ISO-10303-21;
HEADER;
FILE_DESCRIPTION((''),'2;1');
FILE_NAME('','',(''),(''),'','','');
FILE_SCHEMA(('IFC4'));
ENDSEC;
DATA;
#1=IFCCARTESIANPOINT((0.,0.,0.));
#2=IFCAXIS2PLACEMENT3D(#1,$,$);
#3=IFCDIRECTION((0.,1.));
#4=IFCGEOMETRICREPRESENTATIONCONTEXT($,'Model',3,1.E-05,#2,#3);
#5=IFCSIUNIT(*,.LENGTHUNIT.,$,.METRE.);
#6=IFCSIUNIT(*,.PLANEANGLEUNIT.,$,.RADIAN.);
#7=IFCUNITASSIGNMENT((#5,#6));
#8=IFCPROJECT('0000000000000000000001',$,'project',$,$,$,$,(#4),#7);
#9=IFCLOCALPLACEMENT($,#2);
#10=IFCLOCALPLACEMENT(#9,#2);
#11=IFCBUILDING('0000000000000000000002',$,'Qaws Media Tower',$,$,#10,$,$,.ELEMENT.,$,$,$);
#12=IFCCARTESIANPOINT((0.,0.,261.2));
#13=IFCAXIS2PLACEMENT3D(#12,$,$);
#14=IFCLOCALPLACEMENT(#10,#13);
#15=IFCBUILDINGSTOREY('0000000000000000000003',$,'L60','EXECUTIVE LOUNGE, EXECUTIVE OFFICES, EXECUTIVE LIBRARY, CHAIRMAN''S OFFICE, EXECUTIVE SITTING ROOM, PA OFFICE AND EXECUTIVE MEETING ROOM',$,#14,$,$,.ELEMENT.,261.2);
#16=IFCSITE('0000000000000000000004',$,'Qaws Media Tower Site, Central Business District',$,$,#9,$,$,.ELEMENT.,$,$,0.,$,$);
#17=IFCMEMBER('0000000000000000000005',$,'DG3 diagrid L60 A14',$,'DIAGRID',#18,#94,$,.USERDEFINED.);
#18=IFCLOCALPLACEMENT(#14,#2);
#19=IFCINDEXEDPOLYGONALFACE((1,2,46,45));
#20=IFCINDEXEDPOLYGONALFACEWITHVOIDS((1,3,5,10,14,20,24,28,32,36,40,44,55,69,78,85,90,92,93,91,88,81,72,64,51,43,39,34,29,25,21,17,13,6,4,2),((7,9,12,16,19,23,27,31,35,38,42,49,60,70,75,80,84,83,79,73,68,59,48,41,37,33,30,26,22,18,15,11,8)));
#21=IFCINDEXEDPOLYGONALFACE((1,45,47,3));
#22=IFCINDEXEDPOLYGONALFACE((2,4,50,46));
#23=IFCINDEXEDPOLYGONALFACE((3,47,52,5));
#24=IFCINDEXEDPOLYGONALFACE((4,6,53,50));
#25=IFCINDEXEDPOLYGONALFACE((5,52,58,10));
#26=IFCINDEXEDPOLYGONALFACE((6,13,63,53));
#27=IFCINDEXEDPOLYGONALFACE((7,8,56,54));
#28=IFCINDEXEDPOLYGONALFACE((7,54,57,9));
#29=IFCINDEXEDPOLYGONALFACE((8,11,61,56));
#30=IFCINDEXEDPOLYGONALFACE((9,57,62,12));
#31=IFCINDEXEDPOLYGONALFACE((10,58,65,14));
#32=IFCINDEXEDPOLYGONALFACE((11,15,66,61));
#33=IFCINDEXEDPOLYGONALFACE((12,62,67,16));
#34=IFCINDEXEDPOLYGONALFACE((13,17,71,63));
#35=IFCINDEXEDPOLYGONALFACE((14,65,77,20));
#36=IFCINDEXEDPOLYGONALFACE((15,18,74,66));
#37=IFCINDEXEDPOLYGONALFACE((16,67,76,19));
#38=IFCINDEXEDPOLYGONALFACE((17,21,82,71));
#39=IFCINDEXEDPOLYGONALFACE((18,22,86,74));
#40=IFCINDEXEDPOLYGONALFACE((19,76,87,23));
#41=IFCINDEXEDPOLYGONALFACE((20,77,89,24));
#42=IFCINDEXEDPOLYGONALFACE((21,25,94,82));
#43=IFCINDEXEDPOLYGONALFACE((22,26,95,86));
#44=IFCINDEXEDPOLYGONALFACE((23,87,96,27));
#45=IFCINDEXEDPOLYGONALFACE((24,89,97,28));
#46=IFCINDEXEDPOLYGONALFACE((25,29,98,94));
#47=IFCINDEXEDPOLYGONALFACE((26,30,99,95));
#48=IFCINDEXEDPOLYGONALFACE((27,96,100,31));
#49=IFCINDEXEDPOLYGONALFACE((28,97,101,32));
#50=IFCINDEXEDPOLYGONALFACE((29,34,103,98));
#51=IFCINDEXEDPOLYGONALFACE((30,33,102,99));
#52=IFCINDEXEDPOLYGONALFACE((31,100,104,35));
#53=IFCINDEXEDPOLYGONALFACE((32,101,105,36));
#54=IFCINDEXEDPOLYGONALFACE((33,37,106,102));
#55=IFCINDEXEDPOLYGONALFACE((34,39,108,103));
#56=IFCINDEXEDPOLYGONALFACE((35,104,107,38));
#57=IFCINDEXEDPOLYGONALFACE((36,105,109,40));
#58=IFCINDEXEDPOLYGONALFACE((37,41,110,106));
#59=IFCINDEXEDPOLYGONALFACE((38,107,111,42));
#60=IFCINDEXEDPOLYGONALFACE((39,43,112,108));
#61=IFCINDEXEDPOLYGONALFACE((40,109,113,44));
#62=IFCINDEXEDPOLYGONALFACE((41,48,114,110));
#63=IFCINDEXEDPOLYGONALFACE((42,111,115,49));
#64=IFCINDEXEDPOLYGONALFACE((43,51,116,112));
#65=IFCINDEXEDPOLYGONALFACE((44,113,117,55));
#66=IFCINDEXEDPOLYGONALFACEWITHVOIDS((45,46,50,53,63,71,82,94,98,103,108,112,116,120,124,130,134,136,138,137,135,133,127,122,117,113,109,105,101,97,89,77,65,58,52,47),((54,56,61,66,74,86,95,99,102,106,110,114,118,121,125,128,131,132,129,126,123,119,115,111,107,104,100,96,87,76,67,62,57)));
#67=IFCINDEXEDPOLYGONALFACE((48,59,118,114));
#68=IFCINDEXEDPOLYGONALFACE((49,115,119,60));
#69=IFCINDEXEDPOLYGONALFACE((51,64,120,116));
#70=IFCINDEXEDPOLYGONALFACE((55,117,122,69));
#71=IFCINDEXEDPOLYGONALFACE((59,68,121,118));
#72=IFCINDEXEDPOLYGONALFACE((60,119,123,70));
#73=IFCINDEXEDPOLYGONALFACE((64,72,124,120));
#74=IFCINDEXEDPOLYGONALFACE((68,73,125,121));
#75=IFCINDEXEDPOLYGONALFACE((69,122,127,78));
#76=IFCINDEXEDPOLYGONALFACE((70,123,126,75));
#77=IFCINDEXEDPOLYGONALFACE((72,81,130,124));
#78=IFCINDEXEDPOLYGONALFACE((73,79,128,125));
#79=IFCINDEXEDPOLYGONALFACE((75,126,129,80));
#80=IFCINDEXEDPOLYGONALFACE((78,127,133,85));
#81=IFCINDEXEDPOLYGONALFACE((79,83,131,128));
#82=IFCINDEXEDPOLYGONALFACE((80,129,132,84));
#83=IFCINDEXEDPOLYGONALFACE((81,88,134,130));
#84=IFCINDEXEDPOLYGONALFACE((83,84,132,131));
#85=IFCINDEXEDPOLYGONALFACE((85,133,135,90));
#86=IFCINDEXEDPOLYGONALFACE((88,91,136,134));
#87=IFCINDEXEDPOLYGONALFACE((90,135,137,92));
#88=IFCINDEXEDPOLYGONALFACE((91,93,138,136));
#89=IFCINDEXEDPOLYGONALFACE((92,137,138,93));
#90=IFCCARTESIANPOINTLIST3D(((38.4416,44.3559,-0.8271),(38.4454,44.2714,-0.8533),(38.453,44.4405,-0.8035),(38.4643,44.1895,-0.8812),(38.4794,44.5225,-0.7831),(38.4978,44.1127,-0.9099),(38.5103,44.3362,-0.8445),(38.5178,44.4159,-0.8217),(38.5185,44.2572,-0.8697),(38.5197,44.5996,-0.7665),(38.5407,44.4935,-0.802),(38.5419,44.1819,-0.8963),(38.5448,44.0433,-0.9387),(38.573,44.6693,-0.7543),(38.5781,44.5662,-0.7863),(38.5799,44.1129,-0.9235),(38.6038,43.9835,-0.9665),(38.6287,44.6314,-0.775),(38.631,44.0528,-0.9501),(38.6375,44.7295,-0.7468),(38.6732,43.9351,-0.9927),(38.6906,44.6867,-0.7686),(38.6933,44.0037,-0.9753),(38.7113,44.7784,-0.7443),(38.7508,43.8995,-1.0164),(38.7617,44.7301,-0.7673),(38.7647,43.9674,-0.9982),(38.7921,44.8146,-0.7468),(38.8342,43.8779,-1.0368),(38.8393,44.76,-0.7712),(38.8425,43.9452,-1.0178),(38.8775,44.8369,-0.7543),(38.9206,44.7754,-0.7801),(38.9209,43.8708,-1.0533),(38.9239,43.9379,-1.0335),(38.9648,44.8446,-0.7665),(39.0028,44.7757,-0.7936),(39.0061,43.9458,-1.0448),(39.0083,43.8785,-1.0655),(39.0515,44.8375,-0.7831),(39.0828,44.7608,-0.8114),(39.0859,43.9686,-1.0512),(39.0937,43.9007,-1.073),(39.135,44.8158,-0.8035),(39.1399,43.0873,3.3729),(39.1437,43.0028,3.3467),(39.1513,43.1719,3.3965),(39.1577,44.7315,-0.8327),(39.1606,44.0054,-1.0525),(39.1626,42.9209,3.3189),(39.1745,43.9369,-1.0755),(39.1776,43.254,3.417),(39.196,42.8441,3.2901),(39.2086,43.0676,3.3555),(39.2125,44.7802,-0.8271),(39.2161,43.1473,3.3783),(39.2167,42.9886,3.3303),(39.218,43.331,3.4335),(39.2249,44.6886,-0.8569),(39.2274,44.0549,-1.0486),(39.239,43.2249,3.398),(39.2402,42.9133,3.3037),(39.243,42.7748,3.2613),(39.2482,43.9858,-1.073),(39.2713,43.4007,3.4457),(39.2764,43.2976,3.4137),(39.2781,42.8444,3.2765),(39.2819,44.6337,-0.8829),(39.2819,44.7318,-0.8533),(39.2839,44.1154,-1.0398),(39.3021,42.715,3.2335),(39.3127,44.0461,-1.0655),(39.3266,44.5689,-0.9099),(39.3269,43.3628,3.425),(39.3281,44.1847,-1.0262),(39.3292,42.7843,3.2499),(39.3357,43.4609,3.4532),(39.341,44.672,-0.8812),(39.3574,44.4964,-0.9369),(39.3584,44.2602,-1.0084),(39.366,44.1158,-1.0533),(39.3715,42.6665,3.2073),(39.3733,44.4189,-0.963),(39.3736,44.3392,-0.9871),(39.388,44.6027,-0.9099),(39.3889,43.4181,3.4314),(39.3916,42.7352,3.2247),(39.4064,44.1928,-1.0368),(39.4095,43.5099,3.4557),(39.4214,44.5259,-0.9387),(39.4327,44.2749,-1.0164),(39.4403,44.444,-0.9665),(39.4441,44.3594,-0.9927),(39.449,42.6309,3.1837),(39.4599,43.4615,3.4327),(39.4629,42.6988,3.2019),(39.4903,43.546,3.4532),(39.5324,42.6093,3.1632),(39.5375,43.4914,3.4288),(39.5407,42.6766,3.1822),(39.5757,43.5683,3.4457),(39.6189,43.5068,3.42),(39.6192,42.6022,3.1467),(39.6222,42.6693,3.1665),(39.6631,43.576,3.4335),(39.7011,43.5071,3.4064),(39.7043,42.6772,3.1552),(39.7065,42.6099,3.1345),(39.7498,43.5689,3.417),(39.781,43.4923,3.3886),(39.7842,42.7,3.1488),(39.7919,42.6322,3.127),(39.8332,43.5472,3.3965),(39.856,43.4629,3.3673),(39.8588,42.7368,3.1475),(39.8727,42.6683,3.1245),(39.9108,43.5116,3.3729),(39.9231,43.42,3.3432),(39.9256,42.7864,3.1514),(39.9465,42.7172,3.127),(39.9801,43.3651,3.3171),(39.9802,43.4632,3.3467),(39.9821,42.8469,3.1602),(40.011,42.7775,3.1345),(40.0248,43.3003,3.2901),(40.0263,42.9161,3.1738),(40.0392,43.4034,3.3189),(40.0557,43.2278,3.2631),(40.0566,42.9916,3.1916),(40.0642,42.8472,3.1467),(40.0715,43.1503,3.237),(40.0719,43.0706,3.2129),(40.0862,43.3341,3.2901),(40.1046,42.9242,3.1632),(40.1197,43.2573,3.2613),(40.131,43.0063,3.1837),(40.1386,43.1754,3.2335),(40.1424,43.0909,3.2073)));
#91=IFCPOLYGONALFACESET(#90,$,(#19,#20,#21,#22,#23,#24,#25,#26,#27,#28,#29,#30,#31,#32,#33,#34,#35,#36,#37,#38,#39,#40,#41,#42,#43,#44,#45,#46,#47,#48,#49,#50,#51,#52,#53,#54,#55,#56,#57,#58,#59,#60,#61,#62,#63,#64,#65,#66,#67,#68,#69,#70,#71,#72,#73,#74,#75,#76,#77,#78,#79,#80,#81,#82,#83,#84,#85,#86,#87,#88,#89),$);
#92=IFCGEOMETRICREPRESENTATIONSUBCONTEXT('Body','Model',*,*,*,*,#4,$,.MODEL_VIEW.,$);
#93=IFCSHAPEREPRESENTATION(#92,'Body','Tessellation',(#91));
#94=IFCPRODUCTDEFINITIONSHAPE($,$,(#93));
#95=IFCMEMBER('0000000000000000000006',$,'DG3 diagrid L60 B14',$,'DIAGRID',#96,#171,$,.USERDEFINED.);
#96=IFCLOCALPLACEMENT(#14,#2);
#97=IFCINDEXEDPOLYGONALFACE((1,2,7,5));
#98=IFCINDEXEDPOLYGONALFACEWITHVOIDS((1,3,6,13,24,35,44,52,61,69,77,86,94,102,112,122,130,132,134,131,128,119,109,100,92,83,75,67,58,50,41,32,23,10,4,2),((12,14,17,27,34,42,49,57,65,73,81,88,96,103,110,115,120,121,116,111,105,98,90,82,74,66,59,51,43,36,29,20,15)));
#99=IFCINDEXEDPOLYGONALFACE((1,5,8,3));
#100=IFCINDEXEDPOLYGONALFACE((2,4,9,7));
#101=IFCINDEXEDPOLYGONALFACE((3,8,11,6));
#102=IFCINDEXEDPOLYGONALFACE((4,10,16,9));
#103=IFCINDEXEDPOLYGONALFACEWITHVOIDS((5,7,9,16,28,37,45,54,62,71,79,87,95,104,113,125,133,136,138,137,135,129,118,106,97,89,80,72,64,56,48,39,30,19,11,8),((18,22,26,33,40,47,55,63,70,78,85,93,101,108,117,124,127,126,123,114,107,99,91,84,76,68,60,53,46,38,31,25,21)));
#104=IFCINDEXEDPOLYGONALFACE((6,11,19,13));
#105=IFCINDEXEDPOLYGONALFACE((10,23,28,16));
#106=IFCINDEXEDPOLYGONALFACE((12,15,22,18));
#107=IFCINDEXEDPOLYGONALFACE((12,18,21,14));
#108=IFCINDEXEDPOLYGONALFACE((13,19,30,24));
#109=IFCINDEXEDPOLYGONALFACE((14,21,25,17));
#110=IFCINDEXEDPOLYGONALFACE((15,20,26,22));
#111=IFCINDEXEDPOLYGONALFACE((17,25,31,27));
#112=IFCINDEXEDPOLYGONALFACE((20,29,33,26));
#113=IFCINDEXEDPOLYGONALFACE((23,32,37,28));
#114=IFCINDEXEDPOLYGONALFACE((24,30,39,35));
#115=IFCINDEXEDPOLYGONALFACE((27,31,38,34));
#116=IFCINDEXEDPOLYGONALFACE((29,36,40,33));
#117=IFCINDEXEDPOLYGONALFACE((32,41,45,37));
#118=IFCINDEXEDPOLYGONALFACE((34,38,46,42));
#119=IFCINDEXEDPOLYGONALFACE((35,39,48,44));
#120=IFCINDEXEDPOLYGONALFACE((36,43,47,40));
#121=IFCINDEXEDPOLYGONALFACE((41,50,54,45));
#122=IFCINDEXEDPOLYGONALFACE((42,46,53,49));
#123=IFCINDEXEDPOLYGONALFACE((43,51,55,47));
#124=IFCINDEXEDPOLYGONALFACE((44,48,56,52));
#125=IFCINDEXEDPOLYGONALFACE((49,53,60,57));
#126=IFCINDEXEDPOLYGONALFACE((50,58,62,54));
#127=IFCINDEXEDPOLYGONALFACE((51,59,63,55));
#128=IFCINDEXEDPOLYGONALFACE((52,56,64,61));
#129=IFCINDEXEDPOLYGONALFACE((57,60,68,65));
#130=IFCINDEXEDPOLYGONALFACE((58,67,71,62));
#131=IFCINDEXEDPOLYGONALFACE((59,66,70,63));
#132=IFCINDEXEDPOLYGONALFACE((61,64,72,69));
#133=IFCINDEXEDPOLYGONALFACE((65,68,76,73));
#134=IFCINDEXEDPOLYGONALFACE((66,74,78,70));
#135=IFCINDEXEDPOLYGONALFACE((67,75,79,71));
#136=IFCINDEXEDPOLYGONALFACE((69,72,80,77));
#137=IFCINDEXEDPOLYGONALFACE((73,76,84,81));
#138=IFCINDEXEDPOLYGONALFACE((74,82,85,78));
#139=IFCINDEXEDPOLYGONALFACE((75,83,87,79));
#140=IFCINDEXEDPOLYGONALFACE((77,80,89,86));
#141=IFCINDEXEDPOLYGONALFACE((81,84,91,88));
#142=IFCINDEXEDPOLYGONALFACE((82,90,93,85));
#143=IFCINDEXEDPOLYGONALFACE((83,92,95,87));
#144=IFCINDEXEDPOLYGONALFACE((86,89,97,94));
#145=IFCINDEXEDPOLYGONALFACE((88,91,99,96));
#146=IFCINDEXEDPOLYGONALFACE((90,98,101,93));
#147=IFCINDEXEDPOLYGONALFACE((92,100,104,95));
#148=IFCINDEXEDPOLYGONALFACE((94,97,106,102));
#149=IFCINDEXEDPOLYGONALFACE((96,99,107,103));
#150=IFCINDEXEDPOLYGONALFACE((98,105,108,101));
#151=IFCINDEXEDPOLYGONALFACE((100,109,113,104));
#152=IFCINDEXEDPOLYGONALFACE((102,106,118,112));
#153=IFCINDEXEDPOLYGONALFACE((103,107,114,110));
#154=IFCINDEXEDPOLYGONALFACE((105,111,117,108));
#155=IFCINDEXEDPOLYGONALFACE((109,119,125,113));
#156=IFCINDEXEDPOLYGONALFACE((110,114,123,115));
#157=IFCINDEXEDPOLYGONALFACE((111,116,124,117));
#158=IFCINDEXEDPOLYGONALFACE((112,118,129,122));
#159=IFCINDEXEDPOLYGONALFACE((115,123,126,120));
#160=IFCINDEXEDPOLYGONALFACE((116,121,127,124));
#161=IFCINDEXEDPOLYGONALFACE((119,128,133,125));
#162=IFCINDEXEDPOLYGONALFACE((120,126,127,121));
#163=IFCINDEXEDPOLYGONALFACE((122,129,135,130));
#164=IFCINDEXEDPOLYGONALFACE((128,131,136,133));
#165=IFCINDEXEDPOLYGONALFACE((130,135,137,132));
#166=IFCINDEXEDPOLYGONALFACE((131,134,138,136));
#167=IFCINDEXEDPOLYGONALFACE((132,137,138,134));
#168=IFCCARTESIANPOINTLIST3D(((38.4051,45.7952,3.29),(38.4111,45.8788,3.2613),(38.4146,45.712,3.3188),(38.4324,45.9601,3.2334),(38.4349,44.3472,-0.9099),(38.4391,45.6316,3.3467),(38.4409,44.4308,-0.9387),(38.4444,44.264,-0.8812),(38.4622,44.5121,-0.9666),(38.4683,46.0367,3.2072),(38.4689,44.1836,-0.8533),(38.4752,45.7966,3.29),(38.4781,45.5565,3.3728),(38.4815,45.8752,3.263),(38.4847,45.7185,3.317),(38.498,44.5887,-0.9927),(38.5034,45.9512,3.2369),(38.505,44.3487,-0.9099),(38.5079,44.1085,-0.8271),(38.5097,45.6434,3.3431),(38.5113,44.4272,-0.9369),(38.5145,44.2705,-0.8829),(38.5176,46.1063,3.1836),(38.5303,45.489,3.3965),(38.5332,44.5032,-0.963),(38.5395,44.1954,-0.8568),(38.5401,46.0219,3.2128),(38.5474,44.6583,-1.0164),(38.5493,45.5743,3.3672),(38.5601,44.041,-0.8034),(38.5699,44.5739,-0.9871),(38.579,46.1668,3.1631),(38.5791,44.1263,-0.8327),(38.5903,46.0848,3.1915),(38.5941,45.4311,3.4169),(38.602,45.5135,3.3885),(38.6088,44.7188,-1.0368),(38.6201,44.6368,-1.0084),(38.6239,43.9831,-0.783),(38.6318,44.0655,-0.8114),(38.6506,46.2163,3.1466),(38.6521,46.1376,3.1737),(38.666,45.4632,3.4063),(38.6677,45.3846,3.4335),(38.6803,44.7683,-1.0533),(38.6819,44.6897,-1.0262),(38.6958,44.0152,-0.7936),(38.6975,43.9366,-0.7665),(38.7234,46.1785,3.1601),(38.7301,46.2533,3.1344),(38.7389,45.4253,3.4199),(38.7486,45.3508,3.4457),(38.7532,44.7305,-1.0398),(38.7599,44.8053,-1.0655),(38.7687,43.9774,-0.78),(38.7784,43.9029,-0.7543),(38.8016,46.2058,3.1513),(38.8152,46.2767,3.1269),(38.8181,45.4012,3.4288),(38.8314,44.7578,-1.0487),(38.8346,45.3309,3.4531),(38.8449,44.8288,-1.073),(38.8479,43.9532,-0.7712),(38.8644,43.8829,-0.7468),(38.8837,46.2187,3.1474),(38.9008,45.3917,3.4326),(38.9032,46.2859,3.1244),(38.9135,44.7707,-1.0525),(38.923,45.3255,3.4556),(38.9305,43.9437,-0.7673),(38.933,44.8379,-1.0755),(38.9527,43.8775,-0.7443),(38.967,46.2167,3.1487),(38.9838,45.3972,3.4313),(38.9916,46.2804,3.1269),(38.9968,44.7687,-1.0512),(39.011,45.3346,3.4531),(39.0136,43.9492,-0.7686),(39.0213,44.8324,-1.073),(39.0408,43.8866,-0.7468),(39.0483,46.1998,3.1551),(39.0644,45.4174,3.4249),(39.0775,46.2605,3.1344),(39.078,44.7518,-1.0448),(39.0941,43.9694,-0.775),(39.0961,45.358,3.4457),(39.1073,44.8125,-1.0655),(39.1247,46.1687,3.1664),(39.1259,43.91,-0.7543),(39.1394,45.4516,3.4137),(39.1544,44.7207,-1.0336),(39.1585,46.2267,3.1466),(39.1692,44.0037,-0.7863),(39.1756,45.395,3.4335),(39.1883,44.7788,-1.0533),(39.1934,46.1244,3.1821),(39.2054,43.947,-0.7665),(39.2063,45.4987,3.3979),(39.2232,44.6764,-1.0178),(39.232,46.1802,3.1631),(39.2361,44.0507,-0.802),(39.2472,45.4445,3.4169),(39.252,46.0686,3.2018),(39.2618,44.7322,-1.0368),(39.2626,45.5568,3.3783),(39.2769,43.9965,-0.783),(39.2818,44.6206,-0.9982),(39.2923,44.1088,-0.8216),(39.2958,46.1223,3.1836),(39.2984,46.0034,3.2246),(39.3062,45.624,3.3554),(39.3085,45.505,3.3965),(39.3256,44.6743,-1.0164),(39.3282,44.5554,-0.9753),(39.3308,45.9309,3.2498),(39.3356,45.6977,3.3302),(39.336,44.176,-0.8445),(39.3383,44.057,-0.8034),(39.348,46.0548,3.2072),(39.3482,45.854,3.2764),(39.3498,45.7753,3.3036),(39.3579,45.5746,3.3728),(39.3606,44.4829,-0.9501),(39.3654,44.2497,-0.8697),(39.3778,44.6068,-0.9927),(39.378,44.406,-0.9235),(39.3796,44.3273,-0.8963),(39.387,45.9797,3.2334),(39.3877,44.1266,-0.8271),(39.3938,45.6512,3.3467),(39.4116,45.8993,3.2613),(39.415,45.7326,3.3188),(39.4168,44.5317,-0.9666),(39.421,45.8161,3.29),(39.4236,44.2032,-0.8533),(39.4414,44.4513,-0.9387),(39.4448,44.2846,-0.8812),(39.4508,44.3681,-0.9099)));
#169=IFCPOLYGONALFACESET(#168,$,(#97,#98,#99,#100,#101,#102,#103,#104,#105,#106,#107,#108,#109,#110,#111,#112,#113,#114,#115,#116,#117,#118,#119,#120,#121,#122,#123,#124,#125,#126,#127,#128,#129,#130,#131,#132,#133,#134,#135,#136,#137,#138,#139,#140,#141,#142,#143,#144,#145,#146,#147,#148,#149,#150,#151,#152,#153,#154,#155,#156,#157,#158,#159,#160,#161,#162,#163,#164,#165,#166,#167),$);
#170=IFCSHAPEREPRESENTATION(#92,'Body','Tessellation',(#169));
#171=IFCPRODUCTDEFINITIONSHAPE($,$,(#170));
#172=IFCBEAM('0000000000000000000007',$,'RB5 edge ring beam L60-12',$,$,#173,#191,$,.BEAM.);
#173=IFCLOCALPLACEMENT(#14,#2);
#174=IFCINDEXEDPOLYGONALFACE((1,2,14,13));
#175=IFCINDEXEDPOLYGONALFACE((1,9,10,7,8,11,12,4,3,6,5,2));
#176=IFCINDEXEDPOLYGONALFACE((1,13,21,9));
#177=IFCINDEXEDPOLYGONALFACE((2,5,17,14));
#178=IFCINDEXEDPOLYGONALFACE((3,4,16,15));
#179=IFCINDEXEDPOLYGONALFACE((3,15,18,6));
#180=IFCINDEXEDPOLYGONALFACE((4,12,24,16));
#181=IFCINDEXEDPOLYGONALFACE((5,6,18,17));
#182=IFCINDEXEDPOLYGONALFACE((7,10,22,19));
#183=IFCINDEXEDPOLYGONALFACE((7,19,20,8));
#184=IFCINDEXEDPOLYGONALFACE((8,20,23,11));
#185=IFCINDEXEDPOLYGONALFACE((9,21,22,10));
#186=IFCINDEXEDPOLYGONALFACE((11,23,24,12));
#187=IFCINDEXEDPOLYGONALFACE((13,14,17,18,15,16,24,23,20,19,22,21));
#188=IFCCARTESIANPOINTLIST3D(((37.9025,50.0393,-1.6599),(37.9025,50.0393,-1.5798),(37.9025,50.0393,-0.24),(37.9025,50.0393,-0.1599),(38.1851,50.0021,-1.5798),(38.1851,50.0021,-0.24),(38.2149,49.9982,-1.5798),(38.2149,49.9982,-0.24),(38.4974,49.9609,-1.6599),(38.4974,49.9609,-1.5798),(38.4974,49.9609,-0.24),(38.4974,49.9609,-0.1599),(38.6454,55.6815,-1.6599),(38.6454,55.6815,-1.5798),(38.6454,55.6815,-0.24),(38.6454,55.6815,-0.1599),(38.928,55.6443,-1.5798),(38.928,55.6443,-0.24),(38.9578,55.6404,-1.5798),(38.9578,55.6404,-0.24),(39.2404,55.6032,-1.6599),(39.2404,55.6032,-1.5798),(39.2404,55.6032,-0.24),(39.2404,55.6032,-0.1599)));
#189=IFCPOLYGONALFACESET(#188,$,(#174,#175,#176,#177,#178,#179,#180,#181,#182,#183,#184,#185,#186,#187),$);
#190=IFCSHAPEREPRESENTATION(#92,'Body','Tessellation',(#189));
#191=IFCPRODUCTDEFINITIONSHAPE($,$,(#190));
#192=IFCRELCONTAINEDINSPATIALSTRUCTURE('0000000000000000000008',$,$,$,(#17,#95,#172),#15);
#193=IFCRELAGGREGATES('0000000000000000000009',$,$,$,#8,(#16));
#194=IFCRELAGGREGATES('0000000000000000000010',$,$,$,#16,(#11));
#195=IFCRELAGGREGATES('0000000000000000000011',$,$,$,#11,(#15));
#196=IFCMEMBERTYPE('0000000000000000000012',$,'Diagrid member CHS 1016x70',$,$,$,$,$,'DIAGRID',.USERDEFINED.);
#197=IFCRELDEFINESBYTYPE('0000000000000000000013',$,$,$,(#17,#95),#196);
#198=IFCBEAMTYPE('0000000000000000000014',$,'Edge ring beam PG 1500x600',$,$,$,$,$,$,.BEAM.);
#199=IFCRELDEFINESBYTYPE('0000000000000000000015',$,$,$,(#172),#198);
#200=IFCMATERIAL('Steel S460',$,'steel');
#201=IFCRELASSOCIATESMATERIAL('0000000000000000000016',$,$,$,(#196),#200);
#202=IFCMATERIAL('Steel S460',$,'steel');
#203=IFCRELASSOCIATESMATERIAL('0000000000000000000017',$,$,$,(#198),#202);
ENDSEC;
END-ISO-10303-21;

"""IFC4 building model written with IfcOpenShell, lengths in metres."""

from ifc_helpers import new_model, si_unit, direction, frame, origin, origin_2d, place, context, subcontext, project, spatial, hollow_circle, i_section, extrude, material, material_profile, profile_set, type_object, element, save


model = new_model("IFC4")

# Units and contexts
model_context = context("Model", 3, precision=1e-05, world=origin(), true_north=direction((0.0, 1.0)))
body_context = subcontext(model_context, "Body", "Model", "MODEL_VIEW")
ifc_project = project(units=[si_unit("LENGTHUNIT", "METRE"), si_unit("PLANEANGLEUNIT", "RADIAN")], contexts=[model_context])

# Site, building, storey
site_placement = place(None, origin())
site = spatial("IfcSite", under=ifc_project, at=site_placement, Name="Qaws Media Tower Site, Central Business District", CompositionType="ELEMENT", RefElevation=0.0)
building_placement = place(site_placement, origin())
building = spatial("IfcBuilding", under=site, at=building_placement, Name="Qaws Media Tower", CompositionType="ELEMENT")
storey_placement = place(building_placement, frame((0.0, 0.0, 261.2)))
storey = spatial("IfcBuildingStorey", under=building, at=storey_placement, Name="L60", Description="EXECUTIVE LOUNGE, EXECUTIVE OFFICES, EXECUTIVE LIBRARY, CHAIRMAN'S OFFICE, EXECUTIVE SITTING ROOM, PA OFFICE AND EXECUTIVE MEETING ROOM", CompositionType="ELEMENT", Elevation=261.2)

# Members
ifc_material_1 = material(Name="Steel S460", Category="steel")
ifc_material_profile_1 = material_profile(ifc_material_1, hollow_circle(Radius=0.5081, WallThickness=0.0701, at=origin_2d()), Name="CHS 1016x70")
ifc_profile_set_1 = profile_set([ifc_material_profile_1], Name="Steel S460")
member_type_1 = type_object("IfcMemberType", Name="Diagrid member CHS 1016x70", ElementType="DIAGRID", PredefinedType="USERDEFINED", material=ifc_profile_set_1)
for number, where, z_axis, x_axis, name in (
    (1, (38.9429, 44.3577, -0.9099), (0.157171, -0.285546, 0.945389), (0.876059, 0.482204, 0.0), "DG3 diagrid L60 A14"),
    (2, (38.9429, 44.3577, -0.9099), (-0.006704, 0.325931, 0.94537), (-0.999789, -0.020566, 0.0), "DG3 diagrid L60 B14"),
):
    element("IfcMember", number, at=place(storey_placement, frame(where, z_axis=z_axis, x_axis=x_axis)), inside=storey, type_object=member_type_1, Name=name, ObjectType="DIAGRID", PredefinedType="USERDEFINED", context=body_context, shape_type="SweptSolid", body=[
        extrude(hollow_circle(Radius=0.5081, WallThickness=0.0701, at=origin_2d()), origin(), (0.0, 0.0, 1.0), 4.4426),
    ])

# Beam
ifc_material_2 = material(Name="Steel S460", Category="steel")
ifc_material_profile_2 = material_profile(ifc_material_2, i_section(OverallWidth=0.6001, OverallDepth=1.5, WebThickness=0.03, FlangeThickness=0.0801, at=origin_2d()), Name="PG 1500x600")
ifc_profile_set_2 = profile_set([ifc_material_profile_2], Name="Steel S460")
beam_type = type_object("IfcBeamType", Name="Edge ring beam PG 1500x600", PredefinedType="BEAM", material=ifc_profile_set_2)
for number, where, z_axis, x_axis, name in (
    (3, (38.9429, 55.6423, -0.9099), (-0.130542, -0.991443, 0.0), (0.991443, -0.130542, 0.0), "RB5 edge ring beam L60-12"),
):
    element("IfcBeam", number, at=place(storey_placement, frame(where, z_axis=z_axis, x_axis=x_axis)), inside=storey, type_object=beam_type, Name=name, PredefinedType="BEAM", context=body_context, shape_type="SweptSolid", body=[
        extrude(i_section(OverallWidth=0.6001, OverallDepth=1.5, WebThickness=0.03, FlangeThickness=0.0801, at=origin_2d()), origin(), (0.0, 0.0, 1.0), 5.6909),
    ])

save(model, "model.ifc")
